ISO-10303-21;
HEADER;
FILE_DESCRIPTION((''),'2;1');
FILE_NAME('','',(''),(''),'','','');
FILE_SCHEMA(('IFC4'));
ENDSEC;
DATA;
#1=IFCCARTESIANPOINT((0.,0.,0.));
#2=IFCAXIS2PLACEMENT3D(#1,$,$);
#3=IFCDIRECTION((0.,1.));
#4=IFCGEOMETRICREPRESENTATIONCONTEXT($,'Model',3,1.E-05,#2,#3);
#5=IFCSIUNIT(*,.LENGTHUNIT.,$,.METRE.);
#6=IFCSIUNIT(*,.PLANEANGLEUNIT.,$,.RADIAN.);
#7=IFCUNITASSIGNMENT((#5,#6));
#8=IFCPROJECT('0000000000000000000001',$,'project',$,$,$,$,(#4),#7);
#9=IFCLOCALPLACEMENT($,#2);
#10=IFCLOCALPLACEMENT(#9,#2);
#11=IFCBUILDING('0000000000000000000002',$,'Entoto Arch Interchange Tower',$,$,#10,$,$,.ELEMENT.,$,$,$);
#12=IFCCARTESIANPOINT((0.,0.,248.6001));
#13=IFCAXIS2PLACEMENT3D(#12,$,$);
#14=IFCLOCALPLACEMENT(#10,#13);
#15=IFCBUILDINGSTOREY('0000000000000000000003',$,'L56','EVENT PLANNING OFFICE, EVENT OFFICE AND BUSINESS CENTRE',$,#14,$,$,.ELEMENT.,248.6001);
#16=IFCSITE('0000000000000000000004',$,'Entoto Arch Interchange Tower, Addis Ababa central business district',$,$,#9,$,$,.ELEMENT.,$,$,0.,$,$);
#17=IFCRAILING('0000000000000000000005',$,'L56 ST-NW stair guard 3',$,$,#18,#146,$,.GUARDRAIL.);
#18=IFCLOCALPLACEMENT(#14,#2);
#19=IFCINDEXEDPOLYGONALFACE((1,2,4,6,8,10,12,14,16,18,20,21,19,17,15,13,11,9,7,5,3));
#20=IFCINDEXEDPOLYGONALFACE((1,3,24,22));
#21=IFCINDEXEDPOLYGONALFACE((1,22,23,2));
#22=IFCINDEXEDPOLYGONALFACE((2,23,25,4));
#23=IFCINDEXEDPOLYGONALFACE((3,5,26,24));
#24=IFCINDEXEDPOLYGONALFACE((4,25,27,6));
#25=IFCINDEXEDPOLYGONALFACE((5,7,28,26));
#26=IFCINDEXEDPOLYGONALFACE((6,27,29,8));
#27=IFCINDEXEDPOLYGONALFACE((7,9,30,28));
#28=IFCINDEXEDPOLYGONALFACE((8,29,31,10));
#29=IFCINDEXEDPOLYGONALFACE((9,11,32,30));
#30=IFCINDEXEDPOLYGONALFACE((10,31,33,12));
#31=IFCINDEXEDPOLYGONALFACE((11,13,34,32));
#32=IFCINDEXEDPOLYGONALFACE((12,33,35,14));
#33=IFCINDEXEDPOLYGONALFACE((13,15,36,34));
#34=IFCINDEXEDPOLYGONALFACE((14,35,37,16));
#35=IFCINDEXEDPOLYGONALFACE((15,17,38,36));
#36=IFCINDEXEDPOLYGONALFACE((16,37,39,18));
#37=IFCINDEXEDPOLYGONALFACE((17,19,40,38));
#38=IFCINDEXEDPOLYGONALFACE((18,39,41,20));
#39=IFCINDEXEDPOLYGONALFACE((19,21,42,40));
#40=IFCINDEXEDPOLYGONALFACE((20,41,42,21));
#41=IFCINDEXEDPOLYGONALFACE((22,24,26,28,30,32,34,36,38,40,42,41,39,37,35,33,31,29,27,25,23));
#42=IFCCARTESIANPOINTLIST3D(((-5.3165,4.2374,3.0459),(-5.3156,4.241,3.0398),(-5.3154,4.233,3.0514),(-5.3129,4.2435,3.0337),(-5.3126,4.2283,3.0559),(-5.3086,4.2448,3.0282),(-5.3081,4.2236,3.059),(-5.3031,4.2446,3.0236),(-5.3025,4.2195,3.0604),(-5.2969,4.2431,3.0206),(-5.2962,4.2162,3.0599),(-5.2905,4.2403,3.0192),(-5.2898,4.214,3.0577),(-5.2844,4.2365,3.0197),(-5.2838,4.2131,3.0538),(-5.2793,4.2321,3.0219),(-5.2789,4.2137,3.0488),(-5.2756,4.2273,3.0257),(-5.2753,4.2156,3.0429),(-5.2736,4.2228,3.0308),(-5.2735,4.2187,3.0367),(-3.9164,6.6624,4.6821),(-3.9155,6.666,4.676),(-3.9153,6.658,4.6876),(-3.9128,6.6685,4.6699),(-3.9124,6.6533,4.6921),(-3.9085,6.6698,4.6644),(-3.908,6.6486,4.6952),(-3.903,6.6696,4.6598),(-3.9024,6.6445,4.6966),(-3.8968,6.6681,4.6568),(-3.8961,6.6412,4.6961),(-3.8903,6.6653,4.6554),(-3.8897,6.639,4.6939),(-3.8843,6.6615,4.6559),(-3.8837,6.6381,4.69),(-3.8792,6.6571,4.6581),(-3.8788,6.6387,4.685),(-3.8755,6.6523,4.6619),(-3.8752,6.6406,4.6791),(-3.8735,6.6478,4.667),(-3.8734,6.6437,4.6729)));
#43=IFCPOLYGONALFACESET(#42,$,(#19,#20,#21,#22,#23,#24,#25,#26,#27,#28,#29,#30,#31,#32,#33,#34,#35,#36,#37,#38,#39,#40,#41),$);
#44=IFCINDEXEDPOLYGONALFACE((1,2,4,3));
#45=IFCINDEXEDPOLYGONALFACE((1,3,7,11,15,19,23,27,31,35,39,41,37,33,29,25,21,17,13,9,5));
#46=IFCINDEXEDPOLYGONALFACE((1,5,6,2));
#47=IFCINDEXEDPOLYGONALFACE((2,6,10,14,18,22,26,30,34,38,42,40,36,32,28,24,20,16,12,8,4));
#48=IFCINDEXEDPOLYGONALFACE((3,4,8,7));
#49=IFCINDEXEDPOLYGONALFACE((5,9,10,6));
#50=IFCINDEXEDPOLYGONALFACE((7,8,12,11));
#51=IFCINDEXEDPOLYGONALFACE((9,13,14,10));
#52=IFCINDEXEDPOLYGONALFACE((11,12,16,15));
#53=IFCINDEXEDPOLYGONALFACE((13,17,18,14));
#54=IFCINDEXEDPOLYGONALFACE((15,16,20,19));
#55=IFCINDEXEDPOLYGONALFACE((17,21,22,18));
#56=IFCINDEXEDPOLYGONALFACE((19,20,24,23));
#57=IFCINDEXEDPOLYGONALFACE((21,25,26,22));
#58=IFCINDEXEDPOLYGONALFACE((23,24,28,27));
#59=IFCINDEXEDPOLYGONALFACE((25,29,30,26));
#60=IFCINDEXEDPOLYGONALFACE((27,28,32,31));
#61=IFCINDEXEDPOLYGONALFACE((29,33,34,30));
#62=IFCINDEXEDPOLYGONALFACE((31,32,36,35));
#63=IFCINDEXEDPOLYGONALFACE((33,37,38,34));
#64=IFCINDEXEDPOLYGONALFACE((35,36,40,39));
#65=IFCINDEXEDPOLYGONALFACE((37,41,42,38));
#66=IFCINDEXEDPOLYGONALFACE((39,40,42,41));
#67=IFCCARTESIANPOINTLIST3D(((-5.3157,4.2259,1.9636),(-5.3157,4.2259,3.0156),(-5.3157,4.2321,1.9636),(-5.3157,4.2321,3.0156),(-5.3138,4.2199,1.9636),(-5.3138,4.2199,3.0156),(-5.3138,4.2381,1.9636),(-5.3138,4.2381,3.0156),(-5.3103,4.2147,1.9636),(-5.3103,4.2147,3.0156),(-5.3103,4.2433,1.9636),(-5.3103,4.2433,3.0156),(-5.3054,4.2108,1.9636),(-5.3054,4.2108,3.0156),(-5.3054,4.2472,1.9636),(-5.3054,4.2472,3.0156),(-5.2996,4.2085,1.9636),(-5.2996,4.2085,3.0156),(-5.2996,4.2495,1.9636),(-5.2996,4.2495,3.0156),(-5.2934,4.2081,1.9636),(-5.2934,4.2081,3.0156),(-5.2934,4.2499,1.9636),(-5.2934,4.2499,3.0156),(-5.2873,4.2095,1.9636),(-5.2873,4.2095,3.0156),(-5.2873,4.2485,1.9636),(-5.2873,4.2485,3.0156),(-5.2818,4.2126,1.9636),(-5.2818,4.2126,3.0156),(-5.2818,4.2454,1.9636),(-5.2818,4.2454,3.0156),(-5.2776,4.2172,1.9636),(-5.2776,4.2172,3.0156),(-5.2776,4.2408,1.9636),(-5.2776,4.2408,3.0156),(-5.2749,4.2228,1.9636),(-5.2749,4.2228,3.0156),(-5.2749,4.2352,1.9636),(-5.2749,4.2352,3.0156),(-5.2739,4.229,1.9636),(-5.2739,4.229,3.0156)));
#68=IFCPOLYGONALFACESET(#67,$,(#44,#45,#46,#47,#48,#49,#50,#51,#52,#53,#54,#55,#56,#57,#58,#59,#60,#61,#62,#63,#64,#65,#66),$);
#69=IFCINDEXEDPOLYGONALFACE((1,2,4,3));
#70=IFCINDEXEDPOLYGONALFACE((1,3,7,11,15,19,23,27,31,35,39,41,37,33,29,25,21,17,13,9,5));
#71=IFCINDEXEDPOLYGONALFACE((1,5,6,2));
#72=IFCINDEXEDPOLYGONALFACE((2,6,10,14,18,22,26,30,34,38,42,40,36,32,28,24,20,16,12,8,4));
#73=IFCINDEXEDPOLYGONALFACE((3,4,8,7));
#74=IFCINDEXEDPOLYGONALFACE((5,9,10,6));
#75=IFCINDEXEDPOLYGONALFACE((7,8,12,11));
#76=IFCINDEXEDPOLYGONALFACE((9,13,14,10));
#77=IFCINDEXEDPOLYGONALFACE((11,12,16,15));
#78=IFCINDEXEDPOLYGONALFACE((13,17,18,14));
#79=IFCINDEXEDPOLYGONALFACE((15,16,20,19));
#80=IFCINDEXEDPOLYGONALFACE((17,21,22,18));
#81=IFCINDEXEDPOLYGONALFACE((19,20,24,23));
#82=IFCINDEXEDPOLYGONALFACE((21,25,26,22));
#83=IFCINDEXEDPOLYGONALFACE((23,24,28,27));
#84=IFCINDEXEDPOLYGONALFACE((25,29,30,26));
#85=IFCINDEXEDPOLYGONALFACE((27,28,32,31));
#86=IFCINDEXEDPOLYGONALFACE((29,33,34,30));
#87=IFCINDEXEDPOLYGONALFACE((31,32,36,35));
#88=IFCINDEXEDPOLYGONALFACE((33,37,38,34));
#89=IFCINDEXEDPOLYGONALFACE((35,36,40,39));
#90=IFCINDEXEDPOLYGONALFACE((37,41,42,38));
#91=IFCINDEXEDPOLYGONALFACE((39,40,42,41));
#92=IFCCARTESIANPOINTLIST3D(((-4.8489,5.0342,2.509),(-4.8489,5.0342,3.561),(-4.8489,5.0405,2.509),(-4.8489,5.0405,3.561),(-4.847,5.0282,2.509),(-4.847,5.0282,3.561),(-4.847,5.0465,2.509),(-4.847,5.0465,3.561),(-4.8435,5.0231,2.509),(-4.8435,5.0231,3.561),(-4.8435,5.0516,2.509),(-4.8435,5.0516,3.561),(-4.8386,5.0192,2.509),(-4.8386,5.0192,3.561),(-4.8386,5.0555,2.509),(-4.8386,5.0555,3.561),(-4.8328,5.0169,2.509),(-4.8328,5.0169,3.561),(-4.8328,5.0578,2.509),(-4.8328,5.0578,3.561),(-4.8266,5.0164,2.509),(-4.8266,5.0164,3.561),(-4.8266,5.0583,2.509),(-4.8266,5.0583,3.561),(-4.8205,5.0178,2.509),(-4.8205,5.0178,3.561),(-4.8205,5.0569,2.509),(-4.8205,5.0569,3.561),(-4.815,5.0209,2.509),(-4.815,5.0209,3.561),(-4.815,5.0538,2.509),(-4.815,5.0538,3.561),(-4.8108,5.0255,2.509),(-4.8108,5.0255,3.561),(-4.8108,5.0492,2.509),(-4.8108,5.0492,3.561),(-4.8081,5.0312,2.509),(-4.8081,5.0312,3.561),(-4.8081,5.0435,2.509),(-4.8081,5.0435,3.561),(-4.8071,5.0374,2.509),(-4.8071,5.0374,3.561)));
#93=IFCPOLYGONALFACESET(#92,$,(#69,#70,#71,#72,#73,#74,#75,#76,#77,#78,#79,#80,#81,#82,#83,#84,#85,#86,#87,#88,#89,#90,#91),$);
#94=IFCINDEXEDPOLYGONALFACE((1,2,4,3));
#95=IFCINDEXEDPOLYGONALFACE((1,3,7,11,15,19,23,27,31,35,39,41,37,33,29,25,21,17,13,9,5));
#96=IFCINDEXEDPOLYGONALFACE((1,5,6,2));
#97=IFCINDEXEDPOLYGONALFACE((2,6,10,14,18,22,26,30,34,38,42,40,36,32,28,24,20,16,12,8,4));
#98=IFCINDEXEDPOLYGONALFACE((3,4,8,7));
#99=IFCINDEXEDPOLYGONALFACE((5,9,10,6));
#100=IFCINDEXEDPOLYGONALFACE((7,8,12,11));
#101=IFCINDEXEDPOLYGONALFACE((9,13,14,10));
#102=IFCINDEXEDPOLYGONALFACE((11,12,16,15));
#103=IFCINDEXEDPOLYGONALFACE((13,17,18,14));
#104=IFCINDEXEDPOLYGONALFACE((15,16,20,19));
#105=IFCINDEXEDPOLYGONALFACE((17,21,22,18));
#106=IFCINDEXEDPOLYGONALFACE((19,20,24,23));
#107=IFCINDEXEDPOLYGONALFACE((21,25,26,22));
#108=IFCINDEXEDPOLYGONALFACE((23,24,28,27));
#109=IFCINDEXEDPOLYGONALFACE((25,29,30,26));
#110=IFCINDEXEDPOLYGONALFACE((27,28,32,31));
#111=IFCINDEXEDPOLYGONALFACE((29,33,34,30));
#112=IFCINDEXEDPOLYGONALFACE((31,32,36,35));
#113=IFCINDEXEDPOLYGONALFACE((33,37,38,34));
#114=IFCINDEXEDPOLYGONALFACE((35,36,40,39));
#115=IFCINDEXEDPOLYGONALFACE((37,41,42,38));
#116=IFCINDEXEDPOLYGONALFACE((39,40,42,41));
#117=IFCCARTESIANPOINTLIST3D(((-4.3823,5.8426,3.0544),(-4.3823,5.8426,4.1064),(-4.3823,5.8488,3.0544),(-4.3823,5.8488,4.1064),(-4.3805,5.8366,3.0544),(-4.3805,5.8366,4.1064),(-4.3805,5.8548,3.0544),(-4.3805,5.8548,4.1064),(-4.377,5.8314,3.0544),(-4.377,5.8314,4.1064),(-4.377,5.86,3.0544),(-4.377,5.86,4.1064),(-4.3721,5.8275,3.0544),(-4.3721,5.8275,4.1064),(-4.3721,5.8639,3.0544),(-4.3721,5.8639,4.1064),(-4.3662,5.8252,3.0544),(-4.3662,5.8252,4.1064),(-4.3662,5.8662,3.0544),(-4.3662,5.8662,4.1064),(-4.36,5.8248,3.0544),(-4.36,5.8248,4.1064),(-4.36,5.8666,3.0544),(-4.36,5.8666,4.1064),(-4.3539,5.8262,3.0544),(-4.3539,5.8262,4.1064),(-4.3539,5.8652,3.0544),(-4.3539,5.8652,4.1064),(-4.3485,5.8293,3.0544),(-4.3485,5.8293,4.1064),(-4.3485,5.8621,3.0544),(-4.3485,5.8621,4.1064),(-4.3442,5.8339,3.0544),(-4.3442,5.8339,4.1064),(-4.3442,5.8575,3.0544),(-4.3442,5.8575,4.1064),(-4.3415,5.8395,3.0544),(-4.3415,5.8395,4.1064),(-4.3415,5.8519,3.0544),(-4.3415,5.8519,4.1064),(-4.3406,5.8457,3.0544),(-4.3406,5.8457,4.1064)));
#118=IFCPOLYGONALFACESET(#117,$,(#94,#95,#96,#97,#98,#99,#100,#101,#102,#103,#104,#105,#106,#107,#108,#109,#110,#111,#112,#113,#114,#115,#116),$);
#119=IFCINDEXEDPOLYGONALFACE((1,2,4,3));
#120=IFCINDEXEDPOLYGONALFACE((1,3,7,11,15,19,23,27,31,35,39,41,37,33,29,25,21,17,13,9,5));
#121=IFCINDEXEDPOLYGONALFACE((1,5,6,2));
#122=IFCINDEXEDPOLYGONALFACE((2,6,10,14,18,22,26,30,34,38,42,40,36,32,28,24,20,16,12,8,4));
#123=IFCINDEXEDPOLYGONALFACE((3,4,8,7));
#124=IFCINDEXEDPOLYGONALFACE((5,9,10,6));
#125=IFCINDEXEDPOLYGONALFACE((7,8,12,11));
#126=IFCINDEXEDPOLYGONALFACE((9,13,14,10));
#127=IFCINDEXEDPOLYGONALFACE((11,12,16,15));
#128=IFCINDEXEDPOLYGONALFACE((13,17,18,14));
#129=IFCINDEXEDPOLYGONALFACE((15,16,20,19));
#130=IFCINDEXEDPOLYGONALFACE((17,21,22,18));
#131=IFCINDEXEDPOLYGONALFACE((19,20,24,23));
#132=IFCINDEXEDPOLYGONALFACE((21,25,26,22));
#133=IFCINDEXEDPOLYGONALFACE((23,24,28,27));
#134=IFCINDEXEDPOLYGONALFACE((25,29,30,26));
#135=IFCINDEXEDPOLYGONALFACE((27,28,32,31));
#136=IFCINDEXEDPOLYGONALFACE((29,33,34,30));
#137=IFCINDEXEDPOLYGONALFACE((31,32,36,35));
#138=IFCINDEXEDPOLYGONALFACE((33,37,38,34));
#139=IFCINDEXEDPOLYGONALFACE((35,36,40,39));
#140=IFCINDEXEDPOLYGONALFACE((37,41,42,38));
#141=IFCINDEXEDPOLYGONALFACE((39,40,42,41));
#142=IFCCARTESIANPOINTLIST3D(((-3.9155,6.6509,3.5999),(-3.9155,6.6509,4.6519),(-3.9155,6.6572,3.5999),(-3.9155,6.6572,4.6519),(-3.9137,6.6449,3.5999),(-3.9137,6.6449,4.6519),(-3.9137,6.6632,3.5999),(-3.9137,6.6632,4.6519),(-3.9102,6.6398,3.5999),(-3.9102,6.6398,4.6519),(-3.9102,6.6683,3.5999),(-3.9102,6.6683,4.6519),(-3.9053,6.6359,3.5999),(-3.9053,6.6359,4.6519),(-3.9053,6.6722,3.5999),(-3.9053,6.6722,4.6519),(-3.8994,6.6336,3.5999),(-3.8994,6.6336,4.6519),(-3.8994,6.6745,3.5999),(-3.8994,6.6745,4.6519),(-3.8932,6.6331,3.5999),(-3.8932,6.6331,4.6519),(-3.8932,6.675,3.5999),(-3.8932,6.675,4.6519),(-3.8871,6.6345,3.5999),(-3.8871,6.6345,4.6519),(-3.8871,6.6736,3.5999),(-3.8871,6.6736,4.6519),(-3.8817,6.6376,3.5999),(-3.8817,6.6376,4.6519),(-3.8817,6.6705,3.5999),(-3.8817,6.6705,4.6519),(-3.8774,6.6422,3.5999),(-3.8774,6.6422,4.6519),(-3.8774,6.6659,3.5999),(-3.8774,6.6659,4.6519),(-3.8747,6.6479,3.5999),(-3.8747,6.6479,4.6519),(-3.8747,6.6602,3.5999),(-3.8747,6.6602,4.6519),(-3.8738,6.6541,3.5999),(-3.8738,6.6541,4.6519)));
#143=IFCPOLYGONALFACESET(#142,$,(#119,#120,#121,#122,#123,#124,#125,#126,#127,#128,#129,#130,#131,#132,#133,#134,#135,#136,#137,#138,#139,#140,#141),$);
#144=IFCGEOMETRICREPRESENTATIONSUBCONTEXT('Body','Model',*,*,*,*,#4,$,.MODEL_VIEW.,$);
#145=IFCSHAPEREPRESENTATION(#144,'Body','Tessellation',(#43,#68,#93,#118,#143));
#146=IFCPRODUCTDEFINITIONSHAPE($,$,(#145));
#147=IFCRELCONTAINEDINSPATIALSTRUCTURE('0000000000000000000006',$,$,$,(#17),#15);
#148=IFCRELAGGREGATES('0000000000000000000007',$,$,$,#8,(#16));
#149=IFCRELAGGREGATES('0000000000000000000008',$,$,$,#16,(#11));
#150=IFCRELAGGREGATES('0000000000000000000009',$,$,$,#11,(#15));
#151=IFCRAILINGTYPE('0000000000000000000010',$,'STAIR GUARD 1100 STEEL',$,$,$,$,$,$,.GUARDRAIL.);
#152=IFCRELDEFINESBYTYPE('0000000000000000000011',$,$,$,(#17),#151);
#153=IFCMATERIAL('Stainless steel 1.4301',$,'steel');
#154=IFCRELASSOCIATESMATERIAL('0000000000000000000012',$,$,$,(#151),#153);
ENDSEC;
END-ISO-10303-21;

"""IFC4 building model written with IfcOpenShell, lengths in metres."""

from ifc_helpers import new_model, si_unit, direction, frame, origin, origin_2d, place, context, subcontext, project, spatial, circle, extrude, material, type_object, element, save


model = new_model("IFC4")

# Units and contexts
model_context = context("Model", 3, precision=1e-05, world=origin(), true_north=direction((0.0, 1.0)))
body_context = subcontext(model_context, "Body", "Model", "MODEL_VIEW")
ifc_project = project(units=[si_unit("LENGTHUNIT", "METRE"), si_unit("PLANEANGLEUNIT", "RADIAN")], contexts=[model_context])

# Site, building, storey
site_placement = place(None, origin())
site = spatial("IfcSite", under=ifc_project, at=site_placement, Name="Entoto Arch Interchange Tower, Addis Ababa central business district", CompositionType="ELEMENT", RefElevation=0.0)
building_placement = place(site_placement, origin())
building = spatial("IfcBuilding", under=site, at=building_placement, Name="Entoto Arch Interchange Tower", CompositionType="ELEMENT")
storey_placement = place(building_placement, frame((0.0, 0.0, 248.6001)))
storey = spatial("IfcBuildingStorey", under=building, at=storey_placement, Name="L56", Description="EVENT PLANNING OFFICE, EVENT OFFICE AND BUSINESS CENTRE", CompositionType="ELEMENT", Elevation=248.6001)

# Railing
ifc_material_1 = material(Name="Stainless steel 1.4301", Category="steel")
railing_type_1 = type_object("IfcRailingType", Name="STAIR GUARD 1100 STEEL", PredefinedType="GUARDRAIL", material=ifc_material_1)
railing_1_placement = place(storey_placement, frame((-5.2949, 4.229, 1.9636)))
element("IfcRailing", 1, at=railing_1_placement, inside=storey, type_object=railing_type_1, Name="L56 ST-NW stair guard 3", PredefinedType="GUARDRAIL", context=body_context, shape_type="SweptSolid", body=[
    extrude(circle(Radius=0.0239, at=origin_2d()), frame((0.0, 0.0, 1.0762), z_axis=(0.431714, 0.747727, 0.504507), x_axis=(-0.866019, 0.500012, 0.0)), (0.0, 0.0, 1.0), 3.2432),
    extrude(circle(Radius=0.021, at=origin_2d()), origin(), (0.0, 0.0, 1.0), 1.052),
    extrude(circle(Radius=0.021, at=origin_2d()), frame((0.4668, 0.8083, 0.5454)), (0.0, 0.0, 1.0), 1.052),
    extrude(circle(Radius=0.021, at=origin_2d()), frame((0.9333, 1.6167, 1.0908)), (0.0, 0.0, 1.0), 1.052),
    extrude(circle(Radius=0.021, at=origin_2d()), frame((1.4001, 2.425, 1.6362)), (0.0, 0.0, 1.0), 1.052),
])

save(model, "model.ifc")
